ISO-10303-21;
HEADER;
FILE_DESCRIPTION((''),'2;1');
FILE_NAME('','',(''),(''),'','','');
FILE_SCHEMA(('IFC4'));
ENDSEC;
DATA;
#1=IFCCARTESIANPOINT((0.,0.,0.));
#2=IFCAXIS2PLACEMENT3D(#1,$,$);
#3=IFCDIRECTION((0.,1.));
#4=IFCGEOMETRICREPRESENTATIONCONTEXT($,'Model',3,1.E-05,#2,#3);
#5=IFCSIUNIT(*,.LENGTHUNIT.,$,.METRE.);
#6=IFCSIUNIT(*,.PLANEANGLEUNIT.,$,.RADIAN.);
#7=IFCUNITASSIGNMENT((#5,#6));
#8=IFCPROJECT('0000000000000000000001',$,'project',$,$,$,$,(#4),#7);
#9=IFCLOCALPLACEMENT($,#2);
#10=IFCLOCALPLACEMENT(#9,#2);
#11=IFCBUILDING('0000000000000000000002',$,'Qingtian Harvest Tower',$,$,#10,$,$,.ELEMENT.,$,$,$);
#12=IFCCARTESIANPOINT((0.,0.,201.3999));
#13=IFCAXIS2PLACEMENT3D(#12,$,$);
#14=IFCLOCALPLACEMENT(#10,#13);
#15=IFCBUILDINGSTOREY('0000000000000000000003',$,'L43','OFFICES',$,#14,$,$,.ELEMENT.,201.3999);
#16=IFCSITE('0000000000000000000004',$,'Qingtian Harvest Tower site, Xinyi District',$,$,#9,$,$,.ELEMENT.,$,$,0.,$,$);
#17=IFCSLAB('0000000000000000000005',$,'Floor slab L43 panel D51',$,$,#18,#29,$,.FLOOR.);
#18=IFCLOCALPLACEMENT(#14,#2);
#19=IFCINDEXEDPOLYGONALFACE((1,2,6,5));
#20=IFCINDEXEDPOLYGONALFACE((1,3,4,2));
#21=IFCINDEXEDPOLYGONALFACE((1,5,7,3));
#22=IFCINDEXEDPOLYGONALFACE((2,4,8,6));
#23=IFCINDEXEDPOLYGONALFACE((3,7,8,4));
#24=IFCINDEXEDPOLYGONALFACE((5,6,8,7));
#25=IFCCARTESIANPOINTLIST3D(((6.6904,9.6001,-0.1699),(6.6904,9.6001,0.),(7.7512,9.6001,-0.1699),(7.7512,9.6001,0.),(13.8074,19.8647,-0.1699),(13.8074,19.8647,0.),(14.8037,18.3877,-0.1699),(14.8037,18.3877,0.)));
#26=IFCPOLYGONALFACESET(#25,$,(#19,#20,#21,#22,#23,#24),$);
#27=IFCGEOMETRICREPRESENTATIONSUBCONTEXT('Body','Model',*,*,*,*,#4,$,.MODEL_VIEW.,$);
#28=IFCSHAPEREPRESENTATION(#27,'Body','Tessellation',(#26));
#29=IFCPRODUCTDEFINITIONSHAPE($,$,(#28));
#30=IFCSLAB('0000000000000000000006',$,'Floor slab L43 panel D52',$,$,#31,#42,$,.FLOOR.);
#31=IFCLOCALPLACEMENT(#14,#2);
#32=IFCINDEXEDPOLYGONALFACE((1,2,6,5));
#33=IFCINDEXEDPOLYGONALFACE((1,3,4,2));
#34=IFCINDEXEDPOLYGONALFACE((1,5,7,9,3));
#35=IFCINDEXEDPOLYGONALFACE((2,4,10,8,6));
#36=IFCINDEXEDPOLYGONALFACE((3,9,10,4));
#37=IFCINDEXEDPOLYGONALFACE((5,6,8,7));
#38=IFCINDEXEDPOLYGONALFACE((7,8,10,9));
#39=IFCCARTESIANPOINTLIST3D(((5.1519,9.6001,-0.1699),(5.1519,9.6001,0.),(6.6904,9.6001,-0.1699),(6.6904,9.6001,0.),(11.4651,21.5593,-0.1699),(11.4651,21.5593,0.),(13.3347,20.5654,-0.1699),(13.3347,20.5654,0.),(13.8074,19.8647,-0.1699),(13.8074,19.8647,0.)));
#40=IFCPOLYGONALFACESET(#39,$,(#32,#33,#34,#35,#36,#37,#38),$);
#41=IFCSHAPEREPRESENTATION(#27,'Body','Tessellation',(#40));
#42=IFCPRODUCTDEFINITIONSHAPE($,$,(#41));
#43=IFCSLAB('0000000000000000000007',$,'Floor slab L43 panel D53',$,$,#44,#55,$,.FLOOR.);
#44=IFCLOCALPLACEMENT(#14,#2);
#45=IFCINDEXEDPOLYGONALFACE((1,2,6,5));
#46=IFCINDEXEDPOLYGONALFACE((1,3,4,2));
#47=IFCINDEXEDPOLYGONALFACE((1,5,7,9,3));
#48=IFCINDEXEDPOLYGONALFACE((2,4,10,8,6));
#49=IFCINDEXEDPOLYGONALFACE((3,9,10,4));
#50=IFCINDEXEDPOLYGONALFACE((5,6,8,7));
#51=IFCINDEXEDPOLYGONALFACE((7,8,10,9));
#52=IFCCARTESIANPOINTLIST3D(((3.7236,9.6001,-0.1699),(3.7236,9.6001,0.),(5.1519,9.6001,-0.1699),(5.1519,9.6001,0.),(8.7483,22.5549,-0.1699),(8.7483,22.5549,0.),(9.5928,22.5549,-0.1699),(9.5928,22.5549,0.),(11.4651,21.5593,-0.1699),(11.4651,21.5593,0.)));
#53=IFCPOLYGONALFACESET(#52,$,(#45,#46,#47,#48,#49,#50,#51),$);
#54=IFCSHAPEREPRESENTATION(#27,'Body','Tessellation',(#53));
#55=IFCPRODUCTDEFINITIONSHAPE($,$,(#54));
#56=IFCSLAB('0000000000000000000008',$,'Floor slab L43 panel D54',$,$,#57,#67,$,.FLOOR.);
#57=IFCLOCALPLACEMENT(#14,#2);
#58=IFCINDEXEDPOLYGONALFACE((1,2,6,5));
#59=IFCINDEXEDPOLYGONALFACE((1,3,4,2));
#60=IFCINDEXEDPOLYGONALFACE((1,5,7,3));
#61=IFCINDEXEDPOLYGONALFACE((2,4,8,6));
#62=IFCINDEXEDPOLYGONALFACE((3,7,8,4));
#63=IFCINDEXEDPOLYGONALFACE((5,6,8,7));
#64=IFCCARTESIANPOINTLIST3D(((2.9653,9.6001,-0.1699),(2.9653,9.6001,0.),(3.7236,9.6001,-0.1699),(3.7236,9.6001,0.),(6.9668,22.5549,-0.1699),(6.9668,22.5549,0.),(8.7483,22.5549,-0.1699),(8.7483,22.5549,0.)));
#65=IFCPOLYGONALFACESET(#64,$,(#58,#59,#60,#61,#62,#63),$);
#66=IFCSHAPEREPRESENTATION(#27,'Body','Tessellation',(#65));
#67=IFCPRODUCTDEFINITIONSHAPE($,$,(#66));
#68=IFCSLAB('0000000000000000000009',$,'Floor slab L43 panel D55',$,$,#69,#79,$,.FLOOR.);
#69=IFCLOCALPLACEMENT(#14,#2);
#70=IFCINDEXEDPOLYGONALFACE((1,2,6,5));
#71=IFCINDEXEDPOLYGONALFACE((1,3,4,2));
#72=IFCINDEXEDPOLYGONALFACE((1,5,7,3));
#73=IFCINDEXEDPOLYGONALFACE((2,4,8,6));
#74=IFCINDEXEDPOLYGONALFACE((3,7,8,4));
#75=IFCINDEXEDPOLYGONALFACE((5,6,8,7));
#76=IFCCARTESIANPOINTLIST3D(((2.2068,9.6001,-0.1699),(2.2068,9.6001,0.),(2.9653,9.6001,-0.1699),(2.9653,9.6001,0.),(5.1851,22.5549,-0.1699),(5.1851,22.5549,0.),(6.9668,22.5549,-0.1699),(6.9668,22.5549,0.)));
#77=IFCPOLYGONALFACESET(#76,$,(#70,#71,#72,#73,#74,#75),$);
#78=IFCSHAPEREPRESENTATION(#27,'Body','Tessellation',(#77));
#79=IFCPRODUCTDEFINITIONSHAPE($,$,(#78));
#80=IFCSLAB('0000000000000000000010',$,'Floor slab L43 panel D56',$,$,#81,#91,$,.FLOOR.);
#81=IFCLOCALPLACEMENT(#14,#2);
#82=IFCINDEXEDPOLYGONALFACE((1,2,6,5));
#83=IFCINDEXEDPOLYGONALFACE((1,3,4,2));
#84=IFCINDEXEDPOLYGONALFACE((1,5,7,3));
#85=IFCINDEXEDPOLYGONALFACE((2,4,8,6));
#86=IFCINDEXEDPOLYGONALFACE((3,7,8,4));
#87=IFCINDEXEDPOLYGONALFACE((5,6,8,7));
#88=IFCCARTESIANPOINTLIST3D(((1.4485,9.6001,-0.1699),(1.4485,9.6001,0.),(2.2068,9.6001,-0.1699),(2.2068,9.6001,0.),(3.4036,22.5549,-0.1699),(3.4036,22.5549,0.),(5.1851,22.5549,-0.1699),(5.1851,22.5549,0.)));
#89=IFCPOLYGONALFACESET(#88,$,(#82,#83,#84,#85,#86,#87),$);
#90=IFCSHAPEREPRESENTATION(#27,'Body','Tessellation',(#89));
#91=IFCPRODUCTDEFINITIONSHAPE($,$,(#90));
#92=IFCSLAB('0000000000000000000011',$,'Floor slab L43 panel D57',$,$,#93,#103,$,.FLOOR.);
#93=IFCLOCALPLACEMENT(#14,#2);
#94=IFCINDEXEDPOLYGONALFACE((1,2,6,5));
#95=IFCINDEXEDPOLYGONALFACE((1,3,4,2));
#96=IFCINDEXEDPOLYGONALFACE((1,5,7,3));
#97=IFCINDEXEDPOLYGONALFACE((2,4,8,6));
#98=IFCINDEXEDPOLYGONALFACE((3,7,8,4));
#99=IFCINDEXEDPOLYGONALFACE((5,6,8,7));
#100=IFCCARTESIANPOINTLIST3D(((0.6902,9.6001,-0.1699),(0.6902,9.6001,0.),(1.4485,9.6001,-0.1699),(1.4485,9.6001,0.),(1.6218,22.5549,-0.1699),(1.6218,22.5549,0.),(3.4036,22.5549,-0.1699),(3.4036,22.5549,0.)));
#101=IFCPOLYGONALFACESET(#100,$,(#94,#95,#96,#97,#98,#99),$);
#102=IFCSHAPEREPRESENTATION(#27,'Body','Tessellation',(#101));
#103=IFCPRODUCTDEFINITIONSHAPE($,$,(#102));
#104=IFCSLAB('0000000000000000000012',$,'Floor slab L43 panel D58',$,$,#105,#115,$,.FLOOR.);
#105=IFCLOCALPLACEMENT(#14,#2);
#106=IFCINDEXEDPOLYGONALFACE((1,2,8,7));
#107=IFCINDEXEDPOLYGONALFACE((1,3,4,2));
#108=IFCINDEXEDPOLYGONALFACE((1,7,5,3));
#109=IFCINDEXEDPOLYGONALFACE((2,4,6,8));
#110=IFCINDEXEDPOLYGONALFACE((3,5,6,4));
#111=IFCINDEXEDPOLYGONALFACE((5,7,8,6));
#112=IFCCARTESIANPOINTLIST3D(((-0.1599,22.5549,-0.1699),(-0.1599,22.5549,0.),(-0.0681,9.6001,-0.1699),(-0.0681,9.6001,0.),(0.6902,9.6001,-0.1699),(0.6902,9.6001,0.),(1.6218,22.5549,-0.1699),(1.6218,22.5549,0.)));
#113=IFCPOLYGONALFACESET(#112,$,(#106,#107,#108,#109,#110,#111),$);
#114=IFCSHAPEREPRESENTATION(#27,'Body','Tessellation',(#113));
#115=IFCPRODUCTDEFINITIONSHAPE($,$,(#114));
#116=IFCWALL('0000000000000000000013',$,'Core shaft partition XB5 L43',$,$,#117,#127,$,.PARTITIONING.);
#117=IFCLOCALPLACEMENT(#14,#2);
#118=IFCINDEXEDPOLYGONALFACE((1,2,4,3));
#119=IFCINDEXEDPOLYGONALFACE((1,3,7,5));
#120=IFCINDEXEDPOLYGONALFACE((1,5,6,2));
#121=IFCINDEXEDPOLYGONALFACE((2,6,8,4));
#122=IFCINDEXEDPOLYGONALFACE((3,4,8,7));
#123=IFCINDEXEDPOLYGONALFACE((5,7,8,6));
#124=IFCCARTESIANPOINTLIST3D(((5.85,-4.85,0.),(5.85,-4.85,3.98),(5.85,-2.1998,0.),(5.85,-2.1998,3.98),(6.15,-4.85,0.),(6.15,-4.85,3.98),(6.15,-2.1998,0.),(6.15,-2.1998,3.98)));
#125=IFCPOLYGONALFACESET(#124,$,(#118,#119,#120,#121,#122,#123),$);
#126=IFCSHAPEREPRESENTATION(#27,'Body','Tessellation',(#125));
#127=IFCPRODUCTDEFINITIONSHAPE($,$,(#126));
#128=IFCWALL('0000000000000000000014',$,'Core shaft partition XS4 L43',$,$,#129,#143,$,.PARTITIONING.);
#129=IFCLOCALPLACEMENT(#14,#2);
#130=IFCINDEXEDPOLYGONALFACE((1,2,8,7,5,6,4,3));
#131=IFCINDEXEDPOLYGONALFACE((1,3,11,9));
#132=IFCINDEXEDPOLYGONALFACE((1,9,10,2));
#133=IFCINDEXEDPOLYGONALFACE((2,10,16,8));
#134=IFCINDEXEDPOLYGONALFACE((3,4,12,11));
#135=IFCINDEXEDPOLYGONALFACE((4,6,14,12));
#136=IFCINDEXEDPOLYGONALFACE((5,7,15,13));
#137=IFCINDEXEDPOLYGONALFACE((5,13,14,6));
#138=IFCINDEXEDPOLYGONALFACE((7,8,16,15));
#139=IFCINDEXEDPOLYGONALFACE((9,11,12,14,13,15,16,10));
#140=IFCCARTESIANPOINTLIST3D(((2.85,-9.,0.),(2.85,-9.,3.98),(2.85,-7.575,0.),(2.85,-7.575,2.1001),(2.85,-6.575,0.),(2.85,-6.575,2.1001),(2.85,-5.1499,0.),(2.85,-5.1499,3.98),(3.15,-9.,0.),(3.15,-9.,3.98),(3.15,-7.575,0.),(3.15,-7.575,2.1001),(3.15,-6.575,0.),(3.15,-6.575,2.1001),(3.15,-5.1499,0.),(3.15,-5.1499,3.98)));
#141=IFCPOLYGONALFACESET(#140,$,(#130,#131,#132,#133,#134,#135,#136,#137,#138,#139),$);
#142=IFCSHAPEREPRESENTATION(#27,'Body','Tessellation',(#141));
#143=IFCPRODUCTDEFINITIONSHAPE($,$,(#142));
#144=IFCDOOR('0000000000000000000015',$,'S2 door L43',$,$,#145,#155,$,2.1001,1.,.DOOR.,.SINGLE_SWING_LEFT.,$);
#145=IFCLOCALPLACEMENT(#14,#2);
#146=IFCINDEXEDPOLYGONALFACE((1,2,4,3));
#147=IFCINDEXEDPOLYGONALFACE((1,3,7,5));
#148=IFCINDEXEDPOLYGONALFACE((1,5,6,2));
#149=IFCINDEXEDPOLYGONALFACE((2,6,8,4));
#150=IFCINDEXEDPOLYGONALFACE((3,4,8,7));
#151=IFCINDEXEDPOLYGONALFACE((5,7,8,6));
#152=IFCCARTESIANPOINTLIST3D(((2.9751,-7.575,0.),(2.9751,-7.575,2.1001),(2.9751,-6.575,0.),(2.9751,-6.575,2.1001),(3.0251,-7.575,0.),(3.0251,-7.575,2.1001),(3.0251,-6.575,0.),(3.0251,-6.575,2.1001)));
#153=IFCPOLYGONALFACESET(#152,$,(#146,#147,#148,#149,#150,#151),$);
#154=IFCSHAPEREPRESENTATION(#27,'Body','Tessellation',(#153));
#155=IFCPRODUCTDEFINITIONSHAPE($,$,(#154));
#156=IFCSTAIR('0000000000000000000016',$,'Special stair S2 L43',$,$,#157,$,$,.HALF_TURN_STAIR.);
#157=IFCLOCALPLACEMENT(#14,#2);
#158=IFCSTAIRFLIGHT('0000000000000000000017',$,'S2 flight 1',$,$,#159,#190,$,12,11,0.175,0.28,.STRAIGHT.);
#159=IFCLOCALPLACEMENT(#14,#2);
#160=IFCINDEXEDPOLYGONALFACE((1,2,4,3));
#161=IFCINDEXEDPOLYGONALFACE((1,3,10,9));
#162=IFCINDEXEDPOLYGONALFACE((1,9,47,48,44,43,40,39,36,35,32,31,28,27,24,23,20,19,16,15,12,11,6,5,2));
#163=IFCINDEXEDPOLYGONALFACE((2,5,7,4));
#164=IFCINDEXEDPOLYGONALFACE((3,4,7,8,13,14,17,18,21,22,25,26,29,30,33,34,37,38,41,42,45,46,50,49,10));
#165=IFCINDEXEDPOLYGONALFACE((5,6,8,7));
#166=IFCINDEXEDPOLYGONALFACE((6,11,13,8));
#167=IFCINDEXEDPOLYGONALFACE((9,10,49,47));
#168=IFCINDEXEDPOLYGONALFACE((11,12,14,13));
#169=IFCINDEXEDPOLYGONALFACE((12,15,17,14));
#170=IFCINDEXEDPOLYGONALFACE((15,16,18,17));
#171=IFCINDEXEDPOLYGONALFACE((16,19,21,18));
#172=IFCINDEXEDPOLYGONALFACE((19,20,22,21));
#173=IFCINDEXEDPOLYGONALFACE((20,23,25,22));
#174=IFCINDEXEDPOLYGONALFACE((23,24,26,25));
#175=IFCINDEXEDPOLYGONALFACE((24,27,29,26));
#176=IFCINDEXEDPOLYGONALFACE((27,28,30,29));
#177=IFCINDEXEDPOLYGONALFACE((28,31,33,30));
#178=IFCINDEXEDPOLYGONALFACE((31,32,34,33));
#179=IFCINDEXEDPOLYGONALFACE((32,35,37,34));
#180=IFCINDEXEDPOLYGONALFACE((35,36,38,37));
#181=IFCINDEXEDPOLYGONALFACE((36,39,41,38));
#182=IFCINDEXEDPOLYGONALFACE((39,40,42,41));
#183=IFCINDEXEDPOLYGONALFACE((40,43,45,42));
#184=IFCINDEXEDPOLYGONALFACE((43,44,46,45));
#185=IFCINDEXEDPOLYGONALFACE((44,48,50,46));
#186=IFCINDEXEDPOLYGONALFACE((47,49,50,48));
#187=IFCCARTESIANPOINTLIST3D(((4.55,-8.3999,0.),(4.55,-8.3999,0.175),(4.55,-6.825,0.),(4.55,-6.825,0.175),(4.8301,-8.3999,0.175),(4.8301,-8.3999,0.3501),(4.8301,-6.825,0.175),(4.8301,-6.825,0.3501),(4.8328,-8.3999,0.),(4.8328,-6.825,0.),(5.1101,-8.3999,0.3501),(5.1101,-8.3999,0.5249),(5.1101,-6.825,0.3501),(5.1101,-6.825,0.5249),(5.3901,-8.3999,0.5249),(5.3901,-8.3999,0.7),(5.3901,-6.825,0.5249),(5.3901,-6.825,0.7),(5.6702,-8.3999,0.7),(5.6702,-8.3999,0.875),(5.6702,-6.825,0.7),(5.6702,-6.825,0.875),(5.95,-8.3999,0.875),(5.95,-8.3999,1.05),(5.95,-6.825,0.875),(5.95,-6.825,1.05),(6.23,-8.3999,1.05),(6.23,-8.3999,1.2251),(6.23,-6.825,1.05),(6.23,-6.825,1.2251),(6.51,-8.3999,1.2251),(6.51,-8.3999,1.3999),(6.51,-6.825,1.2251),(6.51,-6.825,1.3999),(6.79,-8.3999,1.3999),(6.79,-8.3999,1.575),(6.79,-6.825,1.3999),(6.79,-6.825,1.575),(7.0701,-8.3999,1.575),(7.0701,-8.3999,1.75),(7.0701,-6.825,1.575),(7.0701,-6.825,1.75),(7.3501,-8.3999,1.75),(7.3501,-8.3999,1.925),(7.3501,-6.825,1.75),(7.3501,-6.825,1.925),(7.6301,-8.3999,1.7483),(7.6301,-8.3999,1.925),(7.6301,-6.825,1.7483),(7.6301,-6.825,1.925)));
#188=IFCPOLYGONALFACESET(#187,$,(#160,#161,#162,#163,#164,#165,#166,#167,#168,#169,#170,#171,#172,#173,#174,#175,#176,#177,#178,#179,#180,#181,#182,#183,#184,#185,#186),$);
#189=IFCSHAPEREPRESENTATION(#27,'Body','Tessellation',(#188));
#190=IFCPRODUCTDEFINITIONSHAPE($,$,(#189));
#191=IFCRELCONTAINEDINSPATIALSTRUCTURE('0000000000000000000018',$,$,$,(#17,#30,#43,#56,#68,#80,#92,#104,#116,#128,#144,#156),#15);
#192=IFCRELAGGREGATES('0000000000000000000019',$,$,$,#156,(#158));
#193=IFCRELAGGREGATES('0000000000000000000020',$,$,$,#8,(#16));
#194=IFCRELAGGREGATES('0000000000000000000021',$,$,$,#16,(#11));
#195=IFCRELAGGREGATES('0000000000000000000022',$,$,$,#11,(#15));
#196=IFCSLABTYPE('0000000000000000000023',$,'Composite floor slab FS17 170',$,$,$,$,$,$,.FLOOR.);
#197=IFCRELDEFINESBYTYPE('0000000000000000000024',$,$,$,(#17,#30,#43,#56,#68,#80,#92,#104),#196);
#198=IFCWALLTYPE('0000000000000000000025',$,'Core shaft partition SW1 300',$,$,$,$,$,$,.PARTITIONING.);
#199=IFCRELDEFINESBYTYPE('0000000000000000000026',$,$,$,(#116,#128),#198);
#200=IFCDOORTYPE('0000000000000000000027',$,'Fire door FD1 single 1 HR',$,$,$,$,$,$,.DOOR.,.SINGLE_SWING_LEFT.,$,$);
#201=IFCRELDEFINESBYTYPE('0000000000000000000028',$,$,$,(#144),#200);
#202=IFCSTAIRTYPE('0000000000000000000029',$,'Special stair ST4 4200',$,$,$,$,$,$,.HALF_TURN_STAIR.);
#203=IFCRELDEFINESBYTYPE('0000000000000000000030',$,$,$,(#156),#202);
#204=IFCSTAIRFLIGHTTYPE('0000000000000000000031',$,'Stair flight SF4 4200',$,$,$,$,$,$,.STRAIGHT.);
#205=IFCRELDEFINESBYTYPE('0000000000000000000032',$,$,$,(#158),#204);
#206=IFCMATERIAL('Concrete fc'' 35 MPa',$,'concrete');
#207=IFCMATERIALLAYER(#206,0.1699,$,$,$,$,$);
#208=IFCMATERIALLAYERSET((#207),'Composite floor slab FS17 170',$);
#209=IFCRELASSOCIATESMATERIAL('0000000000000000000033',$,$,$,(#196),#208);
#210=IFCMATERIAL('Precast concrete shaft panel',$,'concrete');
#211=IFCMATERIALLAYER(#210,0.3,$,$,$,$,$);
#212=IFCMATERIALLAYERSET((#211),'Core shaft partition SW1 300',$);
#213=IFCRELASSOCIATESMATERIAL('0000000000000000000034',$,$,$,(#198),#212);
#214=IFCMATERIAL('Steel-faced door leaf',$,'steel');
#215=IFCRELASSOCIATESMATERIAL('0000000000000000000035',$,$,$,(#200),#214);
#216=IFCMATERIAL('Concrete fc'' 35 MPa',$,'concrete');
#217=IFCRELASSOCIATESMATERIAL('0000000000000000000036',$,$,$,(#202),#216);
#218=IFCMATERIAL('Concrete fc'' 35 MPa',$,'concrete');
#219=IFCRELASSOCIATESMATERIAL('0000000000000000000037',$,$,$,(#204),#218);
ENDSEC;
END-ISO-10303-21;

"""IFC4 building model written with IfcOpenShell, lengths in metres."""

from ifc_helpers import new_model, si_unit, direction, frame, frame_2d, origin, place, context, subcontext, project, spatial, polyline, rectangle, outline, extrude, material, layer, layer_set, type_object, element, fill, aggregate, save


model = new_model("IFC4")

# Units and contexts
model_context = context("Model", 3, precision=1e-05, world=origin(), true_north=direction((0.0, 1.0)))
body_context = subcontext(model_context, "Body", "Model", "MODEL_VIEW")
ifc_project = project(units=[si_unit("LENGTHUNIT", "METRE"), si_unit("PLANEANGLEUNIT", "RADIAN")], contexts=[model_context])

# Site, building, storey
site_placement = place(None, origin())
site = spatial("IfcSite", under=ifc_project, at=site_placement, Name="Qingtian Harvest Tower site, Xinyi District", CompositionType="ELEMENT", RefElevation=0.0)
building_placement = place(site_placement, origin())
building = spatial("IfcBuilding", under=site, at=building_placement, Name="Qingtian Harvest Tower", CompositionType="ELEMENT")
storey_placement = place(building_placement, frame((0.0, 0.0, 201.3999)))
storey = spatial("IfcBuildingStorey", under=building, at=storey_placement, Name="L43", Description="OFFICES", CompositionType="ELEMENT", Elevation=201.3999)

# Slabs
ifc_material_1 = material(Name="Concrete fc' 35 MPa", Category="concrete")
ifc_layer_1 = layer(ifc_material_1, 0.1699)
ifc_layer_set_1 = layer_set([ifc_layer_1], Name="Composite floor slab FS17 170")
slab_type = type_object("IfcSlabType", Name="Composite floor slab FS17 170", PredefinedType="FLOOR", material=ifc_layer_set_1)
slab_1_placement = place(storey_placement, frame((0.0, 0.0, -0.1699)))
element("IfcSlab", 1, at=slab_1_placement, inside=storey, type_object=slab_type, Name="Floor slab L43 panel D51", PredefinedType="FLOOR", context=body_context, shape_type="SweptSolid", body=[
    extrude(outline(polyline([(6.6904, 9.6001), (13.8074, 19.8647), (14.8037, 18.3877), (7.7512, 9.6001), (6.6904, 9.6001)])), origin(), (0.0, 0.0, 1.0), 0.1699),
])
slab_2_placement = place(storey_placement, frame((0.0, 0.0, -0.1699)))
element("IfcSlab", 2, at=slab_2_placement, inside=storey, type_object=slab_type, Name="Floor slab L43 panel D52", PredefinedType="FLOOR", context=body_context, shape_type="SweptSolid", body=[
    extrude(outline(polyline([(6.6904, 9.6001), (5.1519, 9.6001), (11.4651, 21.5593), (13.3347, 20.5654), (13.8074, 19.8647), (6.6904, 9.6001)])), origin(), (0.0, 0.0, 1.0), 0.1699),
])
slab_3_placement = place(storey_placement, frame((0.0, 0.0, -0.1699)))
element("IfcSlab", 3, at=slab_3_placement, inside=storey, type_object=slab_type, Name="Floor slab L43 panel D53", PredefinedType="FLOOR", context=body_context, shape_type="SweptSolid", body=[
    extrude(outline(polyline([(3.7236, 9.6001), (8.7483, 22.5549), (9.5928, 22.5549), (11.4651, 21.5593), (5.1519, 9.6001), (3.7236, 9.6001)])), origin(), (0.0, 0.0, 1.0), 0.1699),
])
slab_4_placement = place(storey_placement, frame((0.0, 0.0, -0.1699)))
element("IfcSlab", 4, at=slab_4_placement, inside=storey, type_object=slab_type, Name="Floor slab L43 panel D54", PredefinedType="FLOOR", context=body_context, shape_type="SweptSolid", body=[
    extrude(outline(polyline([(2.9653, 9.6001), (6.9668, 22.5549), (8.7483, 22.5549), (3.7236, 9.6001), (2.9653, 9.6001)])), origin(), (0.0, 0.0, 1.0), 0.1699),
])
slab_5_placement = place(storey_placement, frame((0.0, 0.0, -0.1699)))
element("IfcSlab", 5, at=slab_5_placement, inside=storey, type_object=slab_type, Name="Floor slab L43 panel D55", PredefinedType="FLOOR", context=body_context, shape_type="SweptSolid", body=[
    extrude(outline(polyline([(2.2068, 9.6001), (5.1851, 22.5549), (6.9668, 22.5549), (2.9653, 9.6001), (2.2068, 9.6001)])), origin(), (0.0, 0.0, 1.0), 0.1699),
])
slab_6_placement = place(storey_placement, frame((0.0, 0.0, -0.1699)))
element("IfcSlab", 6, at=slab_6_placement, inside=storey, type_object=slab_type, Name="Floor slab L43 panel D56", PredefinedType="FLOOR", context=body_context, shape_type="SweptSolid", body=[
    extrude(outline(polyline([(1.4485, 9.6001), (3.4036, 22.5549), (5.1851, 22.5549), (2.2068, 9.6001), (1.4485, 9.6001)])), origin(), (0.0, 0.0, 1.0), 0.1699),
])
slab_7_placement = place(storey_placement, frame((0.0, 0.0, -0.1699)))
element("IfcSlab", 7, at=slab_7_placement, inside=storey, type_object=slab_type, Name="Floor slab L43 panel D57", PredefinedType="FLOOR", context=body_context, shape_type="SweptSolid", body=[
    extrude(outline(polyline([(0.6902, 9.6001), (1.6218, 22.5549), (3.4036, 22.5549), (1.4485, 9.6001), (0.6902, 9.6001)])), origin(), (0.0, 0.0, 1.0), 0.1699),
])
slab_8_placement = place(storey_placement, frame((0.0, 0.0, -0.1699)))
element("IfcSlab", 8, at=slab_8_placement, inside=storey, type_object=slab_type, Name="Floor slab L43 panel D58", PredefinedType="FLOOR", context=body_context, shape_type="SweptSolid", body=[
    extrude(outline(polyline([(-0.0681, 9.6001), (-0.1599, 22.5549), (1.6218, 22.5549), (0.6902, 9.6001), (-0.0681, 9.6001)])), origin(), (0.0, 0.0, 1.0), 0.1699),
])

# Wall
ifc_material_2 = material(Name="Precast concrete shaft panel", Category="concrete")
ifc_layer_2 = layer(ifc_material_2, 0.3)
ifc_layer_set_2 = layer_set([ifc_layer_2], Name="Core shaft partition SW1 300")
wall_type_1 = type_object("IfcWallType", Name="Core shaft partition SW1 300", PredefinedType="PARTITIONING", material=ifc_layer_set_2)
wall_1_placement = place(storey_placement, frame((6.0, -4.8501, 0.0), z_axis=(0.0, 0.0, 1.0), x_axis=(0.0, 1.0, 0.0)))
element("IfcWall", 9, at=wall_1_placement, inside=storey, type_object=wall_type_1, Name="Core shaft partition XB5 L43", PredefinedType="PARTITIONING", context=body_context, shape_type="SweptSolid", body=[
    extrude(rectangle(XDim=2.6501, YDim=0.3, at=frame_2d((1.3252, 0.0))), origin(), (0.0, 0.0, 1.0), 3.98),
])

# Wall, opening, door
wall_2_placement = place(storey_placement, frame((3.0, -9.0, 0.0), z_axis=(0.0, 0.0, 1.0), x_axis=(0.0, 1.0, 0.0)))
wall_2 = element("IfcWall", 10, at=wall_2_placement, inside=storey, type_object=wall_type_1, Name="Core shaft partition XS4 L43", PredefinedType="PARTITIONING", context=body_context, shape_type="SweptSolid", body=[
    extrude(rectangle(XDim=3.8501, YDim=0.3, at=frame_2d((1.925, 0.0))), origin(), (0.0, 0.0, 1.0), 3.98),
])
opening_1_placement = place(wall_2_placement, frame((1.425, 0.0, 0.0)))
opening_1 = element("IfcOpeningElement", 11, at=opening_1_placement, cuts=wall_2, PredefinedType="OPENING", context=body_context, shape_type="SweptSolid", body=[
    extrude(rectangle(XDim=1.0, YDim=2.1001, at=frame_2d((0.5, 1.05))), frame((0.0, 0.1599, 0.0), z_axis=(0.0, -1.0, 0.0), x_axis=(1.0, 0.0, 0.0)), (0.0, 0.0, 1.0), 0.3201),
])
ifc_material_3 = material(Name="Steel-faced door leaf", Category="steel")
door_type_1 = type_object("IfcDoorType", Name="Fire door FD1 single 1 HR", OperationType="SINGLE_SWING_LEFT", PredefinedType="DOOR", material=ifc_material_3)
door_1_placement = place(opening_1_placement, origin())
door_1 = element("IfcDoor", 12, at=door_1_placement, inside=storey, type_object=door_type_1, Name="S2 door L43", OperationType="SINGLE_SWING_LEFT", OverallHeight=2.1001, OverallWidth=1.0, PredefinedType="DOOR", context=body_context, shape_type="SweptSolid", body=[
    extrude(rectangle(XDim=1.0, YDim=2.1001, at=frame_2d((0.5, 1.05))), frame((0.0, 0.0249, 0.0), z_axis=(0.0, -1.0, 0.0), x_axis=(1.0, 0.0, 0.0)), (0.0, 0.0, 1.0), 0.05),
])
fill(opening_1, door_1)

# Stair, stair flight
ifc_material_4 = material(Name="Concrete fc' 35 MPa", Category="concrete")
stair_type = type_object("IfcStairType", Name="Special stair ST4 4200", PredefinedType="HALF_TURN_STAIR", material=ifc_material_4)
stair_placement = place(storey_placement, origin())
stair = element("IfcStair", 13, at=stair_placement, inside=storey, type_object=stair_type, Name="Special stair S2 L43", PredefinedType="HALF_TURN_STAIR")
ifc_material_5 = material(Name="Concrete fc' 35 MPa", Category="concrete")
stair_flight_type = type_object("IfcStairFlightType", Name="Stair flight SF4 4200", PredefinedType="STRAIGHT", material=ifc_material_5)
stair_flight_1_placement = place(storey_placement, frame((4.55, -7.6125, 0.0), z_axis=(0.0, 0.0, 1.0), x_axis=(1.0, 0.0, 0.0)))
stair_flight_1 = element("IfcStairFlight", 14, at=stair_flight_1_placement, type_object=stair_flight_type, Name="S2 flight 1", NumberOfRisers=12, NumberOfTreads=11, PredefinedType="STRAIGHT", RiserHeight=0.175, TreadLength=0.28, context=body_context, shape_type="SweptSolid", body=[
    extrude(outline(polyline([(0.0, 0.0), (0.0, 0.175), (0.28, 0.175), (0.28, 0.3501), (0.5601, 0.3501), (0.5601, 0.5249), (0.8401, 0.5249), (0.8401, 0.7), (1.1201, 0.7), (1.1201, 0.875), (1.3999, 0.875), (1.3999, 1.05), (1.6799, 1.05), (1.6799, 1.2251), (1.96, 1.2251), (1.96, 1.3999), (2.24, 1.3999), (2.24, 1.575), (2.52, 1.575), (2.52, 1.75), (2.8, 1.75), (2.8, 1.925), (3.0801, 1.925), (3.0801, 2.1001), (3.0801, 1.7483), (0.2827, 0.0), (0.0, 0.0)])), frame((0.0, 0.7876, 0.0), z_axis=(0.0, -1.0, 0.0), x_axis=(1.0, 0.0, 0.0)), (0.0, 0.0, 1.0), 1.575),
])
aggregate(stair, [stair_flight_1])

save(model, "model.ifc")
